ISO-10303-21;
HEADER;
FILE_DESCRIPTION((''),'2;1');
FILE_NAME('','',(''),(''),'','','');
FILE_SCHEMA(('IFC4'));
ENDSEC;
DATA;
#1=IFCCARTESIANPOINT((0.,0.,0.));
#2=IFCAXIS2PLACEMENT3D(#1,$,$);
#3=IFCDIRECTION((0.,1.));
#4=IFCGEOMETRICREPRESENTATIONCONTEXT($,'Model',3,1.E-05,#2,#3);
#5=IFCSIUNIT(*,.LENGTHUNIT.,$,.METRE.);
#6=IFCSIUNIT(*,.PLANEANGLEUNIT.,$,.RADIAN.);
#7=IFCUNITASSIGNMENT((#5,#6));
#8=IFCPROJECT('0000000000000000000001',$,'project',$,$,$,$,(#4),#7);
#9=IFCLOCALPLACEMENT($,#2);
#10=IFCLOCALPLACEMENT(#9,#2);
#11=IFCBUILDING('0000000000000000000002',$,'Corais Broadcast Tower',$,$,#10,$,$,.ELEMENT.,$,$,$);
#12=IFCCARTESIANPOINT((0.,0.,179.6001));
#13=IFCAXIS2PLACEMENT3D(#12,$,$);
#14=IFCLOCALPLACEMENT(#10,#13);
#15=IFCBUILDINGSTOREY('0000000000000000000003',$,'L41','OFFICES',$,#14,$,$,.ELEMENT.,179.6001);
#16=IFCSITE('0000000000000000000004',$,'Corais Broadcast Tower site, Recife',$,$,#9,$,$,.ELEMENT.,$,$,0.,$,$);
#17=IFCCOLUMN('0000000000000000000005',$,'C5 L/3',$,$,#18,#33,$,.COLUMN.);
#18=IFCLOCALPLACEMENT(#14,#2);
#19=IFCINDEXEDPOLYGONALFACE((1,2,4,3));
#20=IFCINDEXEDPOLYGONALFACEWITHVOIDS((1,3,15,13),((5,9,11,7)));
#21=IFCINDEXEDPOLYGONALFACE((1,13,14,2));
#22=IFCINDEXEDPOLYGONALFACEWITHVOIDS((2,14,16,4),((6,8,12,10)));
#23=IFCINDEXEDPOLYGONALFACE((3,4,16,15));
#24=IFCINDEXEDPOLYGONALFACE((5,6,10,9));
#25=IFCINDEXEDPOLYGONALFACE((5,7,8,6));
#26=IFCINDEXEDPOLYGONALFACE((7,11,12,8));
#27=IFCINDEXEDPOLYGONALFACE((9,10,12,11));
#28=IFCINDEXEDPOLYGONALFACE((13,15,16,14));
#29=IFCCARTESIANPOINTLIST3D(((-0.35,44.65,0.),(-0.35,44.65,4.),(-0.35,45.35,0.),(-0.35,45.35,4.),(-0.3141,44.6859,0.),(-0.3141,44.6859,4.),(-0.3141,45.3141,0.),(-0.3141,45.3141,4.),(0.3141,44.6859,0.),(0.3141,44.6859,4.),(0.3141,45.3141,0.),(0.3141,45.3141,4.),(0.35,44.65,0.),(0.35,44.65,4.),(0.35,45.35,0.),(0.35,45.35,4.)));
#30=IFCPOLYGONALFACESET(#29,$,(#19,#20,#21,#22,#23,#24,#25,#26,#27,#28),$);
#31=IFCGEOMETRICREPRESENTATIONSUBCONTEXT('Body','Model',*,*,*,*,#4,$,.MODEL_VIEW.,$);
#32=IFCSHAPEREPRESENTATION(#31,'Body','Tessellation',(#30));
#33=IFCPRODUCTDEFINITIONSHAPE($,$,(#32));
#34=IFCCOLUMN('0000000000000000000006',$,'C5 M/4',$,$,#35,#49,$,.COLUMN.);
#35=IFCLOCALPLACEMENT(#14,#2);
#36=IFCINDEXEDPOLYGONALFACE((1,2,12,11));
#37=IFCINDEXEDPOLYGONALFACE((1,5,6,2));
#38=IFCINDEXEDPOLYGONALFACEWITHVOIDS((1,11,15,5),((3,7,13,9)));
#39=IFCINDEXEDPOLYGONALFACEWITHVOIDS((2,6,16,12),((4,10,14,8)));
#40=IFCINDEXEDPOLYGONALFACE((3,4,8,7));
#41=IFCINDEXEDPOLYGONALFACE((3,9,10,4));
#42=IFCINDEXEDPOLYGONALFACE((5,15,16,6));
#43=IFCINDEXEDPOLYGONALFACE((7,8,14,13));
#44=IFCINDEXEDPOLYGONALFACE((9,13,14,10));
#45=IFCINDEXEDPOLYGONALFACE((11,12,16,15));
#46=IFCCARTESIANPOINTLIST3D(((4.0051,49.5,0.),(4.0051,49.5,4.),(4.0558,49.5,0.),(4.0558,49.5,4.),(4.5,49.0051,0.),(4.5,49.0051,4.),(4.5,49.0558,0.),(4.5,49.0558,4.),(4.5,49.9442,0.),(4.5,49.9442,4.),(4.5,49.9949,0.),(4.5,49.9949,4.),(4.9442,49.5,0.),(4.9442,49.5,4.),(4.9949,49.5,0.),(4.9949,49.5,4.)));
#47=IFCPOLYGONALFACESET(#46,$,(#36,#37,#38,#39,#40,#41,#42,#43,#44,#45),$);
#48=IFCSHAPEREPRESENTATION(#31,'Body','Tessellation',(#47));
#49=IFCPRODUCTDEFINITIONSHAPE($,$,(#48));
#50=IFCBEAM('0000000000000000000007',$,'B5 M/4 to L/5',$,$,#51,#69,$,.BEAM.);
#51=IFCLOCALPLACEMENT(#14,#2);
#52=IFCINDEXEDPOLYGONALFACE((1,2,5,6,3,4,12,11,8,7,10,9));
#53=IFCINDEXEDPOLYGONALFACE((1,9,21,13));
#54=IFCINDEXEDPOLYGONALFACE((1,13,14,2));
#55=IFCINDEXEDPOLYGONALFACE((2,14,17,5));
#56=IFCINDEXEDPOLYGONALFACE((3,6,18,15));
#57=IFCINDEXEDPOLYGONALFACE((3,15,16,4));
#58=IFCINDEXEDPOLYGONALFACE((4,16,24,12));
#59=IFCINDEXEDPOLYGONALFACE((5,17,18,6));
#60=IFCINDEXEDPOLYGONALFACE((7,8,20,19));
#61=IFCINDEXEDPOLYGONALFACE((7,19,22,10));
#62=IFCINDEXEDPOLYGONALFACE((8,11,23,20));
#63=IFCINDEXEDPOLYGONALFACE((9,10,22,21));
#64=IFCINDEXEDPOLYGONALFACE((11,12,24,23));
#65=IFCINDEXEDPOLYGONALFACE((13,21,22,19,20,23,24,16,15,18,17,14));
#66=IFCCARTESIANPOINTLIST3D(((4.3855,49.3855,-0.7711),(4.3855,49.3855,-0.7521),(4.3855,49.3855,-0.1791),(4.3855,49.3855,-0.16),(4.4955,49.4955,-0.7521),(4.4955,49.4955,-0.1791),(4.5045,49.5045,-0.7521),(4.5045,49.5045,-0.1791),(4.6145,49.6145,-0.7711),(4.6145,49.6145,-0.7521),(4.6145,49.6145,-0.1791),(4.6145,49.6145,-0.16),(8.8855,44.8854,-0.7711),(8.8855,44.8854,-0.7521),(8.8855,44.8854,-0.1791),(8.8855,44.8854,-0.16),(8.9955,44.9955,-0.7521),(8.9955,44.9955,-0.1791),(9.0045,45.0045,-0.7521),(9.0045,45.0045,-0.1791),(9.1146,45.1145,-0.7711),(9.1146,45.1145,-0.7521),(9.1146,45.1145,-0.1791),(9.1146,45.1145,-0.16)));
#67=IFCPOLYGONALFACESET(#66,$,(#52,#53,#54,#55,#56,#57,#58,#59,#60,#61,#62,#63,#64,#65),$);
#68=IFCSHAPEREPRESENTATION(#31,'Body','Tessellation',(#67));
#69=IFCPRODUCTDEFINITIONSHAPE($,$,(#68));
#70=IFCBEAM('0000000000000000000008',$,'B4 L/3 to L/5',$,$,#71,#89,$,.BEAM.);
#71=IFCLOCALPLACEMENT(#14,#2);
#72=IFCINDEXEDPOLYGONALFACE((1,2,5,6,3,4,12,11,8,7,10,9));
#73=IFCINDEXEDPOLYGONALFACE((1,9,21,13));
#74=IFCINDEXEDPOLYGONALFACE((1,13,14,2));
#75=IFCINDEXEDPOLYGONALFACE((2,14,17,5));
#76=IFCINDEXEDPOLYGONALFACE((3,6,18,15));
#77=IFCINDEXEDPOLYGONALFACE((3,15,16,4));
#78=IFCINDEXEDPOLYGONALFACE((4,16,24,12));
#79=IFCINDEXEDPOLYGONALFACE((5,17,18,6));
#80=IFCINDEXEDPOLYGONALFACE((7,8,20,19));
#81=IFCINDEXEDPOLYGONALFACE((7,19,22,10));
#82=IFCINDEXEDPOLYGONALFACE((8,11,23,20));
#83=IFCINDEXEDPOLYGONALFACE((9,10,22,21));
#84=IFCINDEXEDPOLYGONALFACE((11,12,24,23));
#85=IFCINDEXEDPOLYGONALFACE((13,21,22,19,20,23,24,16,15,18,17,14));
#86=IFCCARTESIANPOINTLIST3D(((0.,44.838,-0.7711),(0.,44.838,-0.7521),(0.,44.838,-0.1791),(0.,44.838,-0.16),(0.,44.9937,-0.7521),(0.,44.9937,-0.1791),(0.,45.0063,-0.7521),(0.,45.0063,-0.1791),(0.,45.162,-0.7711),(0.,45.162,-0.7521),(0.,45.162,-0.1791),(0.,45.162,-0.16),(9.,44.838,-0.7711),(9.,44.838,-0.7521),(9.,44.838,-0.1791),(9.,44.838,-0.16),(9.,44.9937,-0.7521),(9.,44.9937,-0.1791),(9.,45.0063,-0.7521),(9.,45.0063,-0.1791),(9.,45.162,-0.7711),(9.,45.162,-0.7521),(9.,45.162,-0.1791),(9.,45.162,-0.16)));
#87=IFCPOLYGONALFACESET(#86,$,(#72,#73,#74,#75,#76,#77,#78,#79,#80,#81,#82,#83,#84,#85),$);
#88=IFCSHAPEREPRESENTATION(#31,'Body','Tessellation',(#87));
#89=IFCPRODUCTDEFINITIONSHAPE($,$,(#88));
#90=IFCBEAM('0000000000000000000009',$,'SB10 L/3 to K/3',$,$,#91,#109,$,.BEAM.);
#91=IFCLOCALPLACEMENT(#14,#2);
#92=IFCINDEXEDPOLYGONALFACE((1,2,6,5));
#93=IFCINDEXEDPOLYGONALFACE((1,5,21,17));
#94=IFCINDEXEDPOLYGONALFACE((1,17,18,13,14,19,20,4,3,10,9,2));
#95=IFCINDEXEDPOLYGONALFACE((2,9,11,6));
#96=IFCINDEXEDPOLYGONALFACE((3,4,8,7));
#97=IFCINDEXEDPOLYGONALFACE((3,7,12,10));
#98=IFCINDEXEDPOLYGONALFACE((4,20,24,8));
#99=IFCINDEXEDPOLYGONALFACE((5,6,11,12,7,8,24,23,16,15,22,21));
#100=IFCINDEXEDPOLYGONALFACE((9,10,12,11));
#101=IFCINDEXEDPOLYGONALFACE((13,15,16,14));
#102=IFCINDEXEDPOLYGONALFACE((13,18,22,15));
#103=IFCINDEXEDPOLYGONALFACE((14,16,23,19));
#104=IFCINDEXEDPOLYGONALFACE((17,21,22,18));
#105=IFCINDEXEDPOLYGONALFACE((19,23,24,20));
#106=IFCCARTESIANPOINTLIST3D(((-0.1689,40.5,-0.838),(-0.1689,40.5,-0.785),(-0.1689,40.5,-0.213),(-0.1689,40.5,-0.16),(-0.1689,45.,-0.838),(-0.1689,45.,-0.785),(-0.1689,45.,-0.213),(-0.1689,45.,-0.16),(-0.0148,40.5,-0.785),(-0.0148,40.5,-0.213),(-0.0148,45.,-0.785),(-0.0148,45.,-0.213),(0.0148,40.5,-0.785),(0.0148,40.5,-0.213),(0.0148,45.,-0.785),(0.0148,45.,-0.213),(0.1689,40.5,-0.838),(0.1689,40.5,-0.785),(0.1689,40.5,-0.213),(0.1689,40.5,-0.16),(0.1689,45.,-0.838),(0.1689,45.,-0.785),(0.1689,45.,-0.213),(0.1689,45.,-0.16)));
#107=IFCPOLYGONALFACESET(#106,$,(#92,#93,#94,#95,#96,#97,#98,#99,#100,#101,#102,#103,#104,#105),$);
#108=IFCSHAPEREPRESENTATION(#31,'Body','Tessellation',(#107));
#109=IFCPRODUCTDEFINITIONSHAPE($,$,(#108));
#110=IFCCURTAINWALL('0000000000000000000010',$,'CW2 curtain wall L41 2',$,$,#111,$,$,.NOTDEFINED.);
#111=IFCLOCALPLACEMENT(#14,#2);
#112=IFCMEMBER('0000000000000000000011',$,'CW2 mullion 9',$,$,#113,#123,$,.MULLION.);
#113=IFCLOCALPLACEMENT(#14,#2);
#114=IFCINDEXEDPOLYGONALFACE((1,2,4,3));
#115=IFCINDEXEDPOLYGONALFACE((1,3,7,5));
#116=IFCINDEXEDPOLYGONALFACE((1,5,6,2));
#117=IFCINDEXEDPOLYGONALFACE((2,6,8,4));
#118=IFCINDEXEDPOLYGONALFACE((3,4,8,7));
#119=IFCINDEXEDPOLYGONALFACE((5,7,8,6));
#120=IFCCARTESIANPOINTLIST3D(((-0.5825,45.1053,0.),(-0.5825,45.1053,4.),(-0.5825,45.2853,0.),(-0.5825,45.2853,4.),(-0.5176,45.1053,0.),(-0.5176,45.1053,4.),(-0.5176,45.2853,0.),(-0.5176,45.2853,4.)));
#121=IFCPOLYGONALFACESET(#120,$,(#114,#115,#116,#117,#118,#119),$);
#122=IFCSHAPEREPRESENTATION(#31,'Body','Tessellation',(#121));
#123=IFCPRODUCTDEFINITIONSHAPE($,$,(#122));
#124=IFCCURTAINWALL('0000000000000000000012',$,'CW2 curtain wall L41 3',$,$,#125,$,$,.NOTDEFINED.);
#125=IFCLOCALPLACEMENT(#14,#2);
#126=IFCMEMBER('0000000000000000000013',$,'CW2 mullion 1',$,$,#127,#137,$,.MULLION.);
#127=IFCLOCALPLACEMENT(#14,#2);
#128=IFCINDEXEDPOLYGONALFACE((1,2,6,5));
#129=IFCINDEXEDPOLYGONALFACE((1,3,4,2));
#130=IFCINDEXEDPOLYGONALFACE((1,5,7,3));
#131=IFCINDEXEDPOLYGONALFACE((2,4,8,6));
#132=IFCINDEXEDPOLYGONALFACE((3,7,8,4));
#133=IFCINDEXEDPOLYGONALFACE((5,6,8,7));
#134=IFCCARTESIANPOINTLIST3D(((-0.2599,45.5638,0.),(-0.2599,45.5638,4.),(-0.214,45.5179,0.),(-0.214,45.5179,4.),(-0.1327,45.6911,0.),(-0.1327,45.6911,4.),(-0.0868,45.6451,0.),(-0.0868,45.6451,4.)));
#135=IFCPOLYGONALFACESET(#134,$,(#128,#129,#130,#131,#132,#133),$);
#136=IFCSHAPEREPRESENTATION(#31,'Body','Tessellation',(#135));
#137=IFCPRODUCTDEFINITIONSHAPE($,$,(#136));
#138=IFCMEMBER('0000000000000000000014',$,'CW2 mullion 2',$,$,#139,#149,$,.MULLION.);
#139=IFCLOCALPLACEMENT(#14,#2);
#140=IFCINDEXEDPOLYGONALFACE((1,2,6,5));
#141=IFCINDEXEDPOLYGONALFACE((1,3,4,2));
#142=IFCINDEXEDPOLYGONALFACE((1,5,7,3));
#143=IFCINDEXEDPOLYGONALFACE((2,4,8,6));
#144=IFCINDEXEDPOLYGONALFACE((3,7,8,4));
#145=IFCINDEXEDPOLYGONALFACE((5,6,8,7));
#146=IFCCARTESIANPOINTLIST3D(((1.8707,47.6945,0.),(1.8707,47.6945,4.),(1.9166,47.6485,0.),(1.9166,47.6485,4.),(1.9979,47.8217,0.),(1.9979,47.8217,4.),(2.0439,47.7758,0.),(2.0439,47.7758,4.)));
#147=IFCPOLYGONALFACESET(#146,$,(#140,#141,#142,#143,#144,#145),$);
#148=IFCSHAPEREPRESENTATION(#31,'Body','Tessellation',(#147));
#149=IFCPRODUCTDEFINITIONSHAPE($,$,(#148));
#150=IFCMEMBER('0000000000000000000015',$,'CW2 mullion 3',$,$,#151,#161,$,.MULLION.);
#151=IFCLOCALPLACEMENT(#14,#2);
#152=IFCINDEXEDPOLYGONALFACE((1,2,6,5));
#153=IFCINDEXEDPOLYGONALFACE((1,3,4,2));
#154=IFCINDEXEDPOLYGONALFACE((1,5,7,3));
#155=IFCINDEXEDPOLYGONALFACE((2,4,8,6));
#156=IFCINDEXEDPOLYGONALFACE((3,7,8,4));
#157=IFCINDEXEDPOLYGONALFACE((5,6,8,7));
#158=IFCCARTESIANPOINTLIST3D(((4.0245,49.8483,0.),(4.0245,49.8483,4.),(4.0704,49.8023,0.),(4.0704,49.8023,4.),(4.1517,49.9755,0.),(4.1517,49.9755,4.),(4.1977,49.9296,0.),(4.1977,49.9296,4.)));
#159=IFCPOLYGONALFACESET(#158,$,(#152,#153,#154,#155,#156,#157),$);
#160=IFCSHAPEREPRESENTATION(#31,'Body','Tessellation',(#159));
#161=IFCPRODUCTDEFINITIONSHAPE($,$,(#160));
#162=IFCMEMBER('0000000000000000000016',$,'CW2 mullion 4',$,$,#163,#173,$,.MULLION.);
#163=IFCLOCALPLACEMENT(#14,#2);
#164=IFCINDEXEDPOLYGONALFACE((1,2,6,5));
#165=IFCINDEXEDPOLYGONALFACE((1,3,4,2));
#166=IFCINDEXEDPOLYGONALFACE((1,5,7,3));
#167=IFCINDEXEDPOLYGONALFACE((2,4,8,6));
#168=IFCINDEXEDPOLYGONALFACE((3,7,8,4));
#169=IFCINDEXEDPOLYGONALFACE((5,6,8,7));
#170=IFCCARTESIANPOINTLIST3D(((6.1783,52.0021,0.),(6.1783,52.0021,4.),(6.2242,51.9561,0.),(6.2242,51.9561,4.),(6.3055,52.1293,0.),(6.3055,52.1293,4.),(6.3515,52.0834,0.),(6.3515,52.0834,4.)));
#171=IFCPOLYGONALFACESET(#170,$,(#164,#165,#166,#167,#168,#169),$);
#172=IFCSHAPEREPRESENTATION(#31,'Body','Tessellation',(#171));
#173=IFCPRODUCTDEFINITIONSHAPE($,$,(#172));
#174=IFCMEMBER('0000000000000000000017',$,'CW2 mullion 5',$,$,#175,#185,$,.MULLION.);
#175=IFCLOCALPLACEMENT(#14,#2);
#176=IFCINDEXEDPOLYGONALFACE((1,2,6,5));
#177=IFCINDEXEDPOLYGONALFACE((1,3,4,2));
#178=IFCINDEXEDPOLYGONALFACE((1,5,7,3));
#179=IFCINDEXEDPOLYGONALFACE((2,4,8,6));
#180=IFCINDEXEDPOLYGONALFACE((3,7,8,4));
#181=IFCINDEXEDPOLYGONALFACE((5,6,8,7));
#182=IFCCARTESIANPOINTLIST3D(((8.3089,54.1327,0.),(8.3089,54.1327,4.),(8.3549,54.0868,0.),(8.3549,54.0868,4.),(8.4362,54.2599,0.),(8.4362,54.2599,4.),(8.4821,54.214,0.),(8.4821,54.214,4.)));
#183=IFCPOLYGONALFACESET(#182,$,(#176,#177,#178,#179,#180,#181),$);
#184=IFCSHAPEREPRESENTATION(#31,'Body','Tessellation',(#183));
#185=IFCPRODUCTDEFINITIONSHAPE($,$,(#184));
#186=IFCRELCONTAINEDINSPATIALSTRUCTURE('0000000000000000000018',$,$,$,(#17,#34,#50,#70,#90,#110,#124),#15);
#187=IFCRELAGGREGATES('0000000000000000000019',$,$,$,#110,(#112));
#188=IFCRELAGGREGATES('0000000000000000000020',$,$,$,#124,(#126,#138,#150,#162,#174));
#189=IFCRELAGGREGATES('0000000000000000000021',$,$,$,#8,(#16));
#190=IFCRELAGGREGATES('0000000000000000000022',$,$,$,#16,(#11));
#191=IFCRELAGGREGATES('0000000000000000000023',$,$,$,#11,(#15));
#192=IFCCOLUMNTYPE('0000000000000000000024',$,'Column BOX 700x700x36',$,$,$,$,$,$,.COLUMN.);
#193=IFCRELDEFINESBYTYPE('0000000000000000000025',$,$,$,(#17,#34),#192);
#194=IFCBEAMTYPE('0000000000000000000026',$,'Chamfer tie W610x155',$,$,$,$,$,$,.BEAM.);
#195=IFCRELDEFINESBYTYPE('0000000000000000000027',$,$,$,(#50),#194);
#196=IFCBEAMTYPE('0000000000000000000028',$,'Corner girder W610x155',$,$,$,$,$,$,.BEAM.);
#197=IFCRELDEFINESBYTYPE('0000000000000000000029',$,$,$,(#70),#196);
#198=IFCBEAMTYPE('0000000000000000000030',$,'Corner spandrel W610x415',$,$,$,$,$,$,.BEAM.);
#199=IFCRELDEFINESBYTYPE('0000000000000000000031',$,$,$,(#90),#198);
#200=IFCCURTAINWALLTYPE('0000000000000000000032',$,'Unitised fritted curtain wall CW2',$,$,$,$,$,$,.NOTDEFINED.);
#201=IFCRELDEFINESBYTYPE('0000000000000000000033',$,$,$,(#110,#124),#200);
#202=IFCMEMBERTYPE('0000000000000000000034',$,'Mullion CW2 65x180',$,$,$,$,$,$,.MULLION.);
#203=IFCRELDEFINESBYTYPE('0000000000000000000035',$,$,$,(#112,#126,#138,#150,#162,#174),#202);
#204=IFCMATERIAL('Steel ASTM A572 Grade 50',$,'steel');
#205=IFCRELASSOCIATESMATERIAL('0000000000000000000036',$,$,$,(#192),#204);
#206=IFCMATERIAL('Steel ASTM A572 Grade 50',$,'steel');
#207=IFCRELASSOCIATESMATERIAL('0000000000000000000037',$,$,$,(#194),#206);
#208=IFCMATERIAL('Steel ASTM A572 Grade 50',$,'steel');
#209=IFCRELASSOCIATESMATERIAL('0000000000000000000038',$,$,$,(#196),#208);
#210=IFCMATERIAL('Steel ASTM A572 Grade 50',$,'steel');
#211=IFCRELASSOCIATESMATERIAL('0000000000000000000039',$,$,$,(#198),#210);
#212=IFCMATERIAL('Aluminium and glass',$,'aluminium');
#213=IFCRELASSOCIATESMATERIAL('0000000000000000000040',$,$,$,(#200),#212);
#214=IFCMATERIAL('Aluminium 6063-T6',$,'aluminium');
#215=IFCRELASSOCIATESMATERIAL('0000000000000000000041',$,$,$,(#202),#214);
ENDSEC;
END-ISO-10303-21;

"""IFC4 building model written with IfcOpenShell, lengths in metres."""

from ifc_helpers import new_model, si_unit, direction, frame, origin, origin_2d, place, context, subcontext, project, spatial, rectangle, hollow_rectangle, i_section, extrude, material, material_profile, profile_set, type_object, element, aggregate, save


model = new_model("IFC4")

# Units and contexts
model_context = context("Model", 3, precision=1e-05, world=origin(), true_north=direction((0.0, 1.0)))
body_context = subcontext(model_context, "Body", "Model", "MODEL_VIEW")
ifc_project = project(units=[si_unit("LENGTHUNIT", "METRE"), si_unit("PLANEANGLEUNIT", "RADIAN")], contexts=[model_context])

# Site, building, storey
site_placement = place(None, origin())
site = spatial("IfcSite", under=ifc_project, at=site_placement, Name="Corais Broadcast Tower site, Recife", CompositionType="ELEMENT", RefElevation=0.0)
building_placement = place(site_placement, origin())
building = spatial("IfcBuilding", under=site, at=building_placement, Name="Corais Broadcast Tower", CompositionType="ELEMENT")
storey_placement = place(building_placement, frame((0.0, 0.0, 179.6001)))
storey = spatial("IfcBuildingStorey", under=building, at=storey_placement, Name="L41", Description="OFFICES", CompositionType="ELEMENT", Elevation=179.6001)

# Columns
ifc_material_1 = material(Name="Steel ASTM A572 Grade 50", Category="steel")
ifc_material_profile_1 = material_profile(ifc_material_1, hollow_rectangle(XDim=0.7, YDim=0.7, WallThickness=0.0359, at=origin_2d()), Name="BOX 700x700x36")
ifc_profile_set_1 = profile_set([ifc_material_profile_1], Name="Steel ASTM A572 Grade 50")
column_type = type_object("IfcColumnType", Name="Column BOX 700x700x36", PredefinedType="COLUMN", material=ifc_profile_set_1)
for number, where, z_axis, x_axis, name in (
    (1, (0.0, 45.0, 0.0), (0.0, 0.0, 1.0), (1.0, 0.0, 0.0), "C5 L/3"),
    (2, (4.5, 49.5, 0.0), (0.0, 0.0, 1.0), (0.707107, 0.707107, 0.0), "C5 M/4"),
):
    element("IfcColumn", number, at=place(storey_placement, frame(where, z_axis=z_axis, x_axis=x_axis)), inside=storey, type_object=column_type, Name=name, PredefinedType="COLUMN", context=body_context, shape_type="SweptSolid", body=[
        extrude(hollow_rectangle(XDim=0.7, YDim=0.7, WallThickness=0.0359, at=origin_2d()), origin(), (0.0, 0.0, 1.0), 4.0),
    ])

# Beams
ifc_material_2 = material(Name="Steel ASTM A572 Grade 50", Category="steel")
ifc_material_profile_2 = material_profile(ifc_material_2, i_section(OverallWidth=0.324, OverallDepth=0.6111, WebThickness=0.0127, FlangeThickness=0.019, at=origin_2d()), Name="W610x155")
ifc_profile_set_2 = profile_set([ifc_material_profile_2], Name="Steel ASTM A572 Grade 50")
beam_type_1 = type_object("IfcBeamType", Name="Chamfer tie W610x155", PredefinedType="BEAM", material=ifc_profile_set_2)
beam_1_placement = place(storey_placement, frame((4.5, 49.5, -0.4656), z_axis=(0.707107, -0.707107, 0.0), x_axis=(0.707107, 0.707107, 0.0)))
element("IfcBeam", 3, at=beam_1_placement, inside=storey, type_object=beam_type_1, Name="B5 M/4 to L/5", PredefinedType="BEAM", context=body_context, shape_type="SweptSolid", body=[
    extrude(i_section(OverallWidth=0.324, OverallDepth=0.6111, WebThickness=0.0127, FlangeThickness=0.019, at=origin_2d()), origin(), (0.0, 0.0, 1.0), 6.364),
])
ifc_material_3 = material(Name="Steel ASTM A572 Grade 50", Category="steel")
ifc_material_profile_3 = material_profile(ifc_material_3, i_section(OverallWidth=0.324, OverallDepth=0.6111, WebThickness=0.0127, FlangeThickness=0.019, at=origin_2d()), Name="W610x155")
ifc_profile_set_3 = profile_set([ifc_material_profile_3], Name="Steel ASTM A572 Grade 50")
beam_type_2 = type_object("IfcBeamType", Name="Corner girder W610x155", PredefinedType="BEAM", material=ifc_profile_set_3)
beam_2_placement = place(storey_placement, frame((0.0, 45.0, -0.4656), z_axis=(1.0, 0.0, 0.0), x_axis=(0.0, 1.0, 0.0)))
element("IfcBeam", 4, at=beam_2_placement, inside=storey, type_object=beam_type_2, Name="B4 L/3 to L/5", PredefinedType="BEAM", context=body_context, shape_type="SweptSolid", body=[
    extrude(i_section(OverallWidth=0.324, OverallDepth=0.6111, WebThickness=0.0127, FlangeThickness=0.019, at=origin_2d()), origin(), (0.0, 0.0, 1.0), 9.0),
])
ifc_material_4 = material(Name="Steel ASTM A572 Grade 50", Category="steel")
ifc_material_profile_4 = material_profile(ifc_material_4, i_section(OverallWidth=0.3379, OverallDepth=0.678, WebThickness=0.0295, FlangeThickness=0.053, at=origin_2d()), Name="W610x415")
ifc_profile_set_4 = profile_set([ifc_material_profile_4], Name="Steel ASTM A572 Grade 50")
beam_type_3 = type_object("IfcBeamType", Name="Corner spandrel W610x415", PredefinedType="BEAM", material=ifc_profile_set_4)
beam_3_placement = place(storey_placement, frame((0.0, 45.0, -0.499), z_axis=(0.0, -1.0, 0.0), x_axis=(1.0, 0.0, 0.0)))
element("IfcBeam", 5, at=beam_3_placement, inside=storey, type_object=beam_type_3, Name="SB10 L/3 to K/3", PredefinedType="BEAM", context=body_context, shape_type="SweptSolid", body=[
    extrude(i_section(OverallWidth=0.3379, OverallDepth=0.678, WebThickness=0.0295, FlangeThickness=0.053, at=origin_2d()), origin(), (0.0, 0.0, 1.0), 4.5),
])

# Curtain wall, member
ifc_material_5 = material(Name="Aluminium and glass", Category="aluminium")
curtain_wall_type = type_object("IfcCurtainWallType", Name="Unitised fritted curtain wall CW2", PredefinedType="NOTDEFINED", material=ifc_material_5)
curtain_wall_1_placement = place(storey_placement, origin())
curtain_wall_1 = element("IfcCurtainWall", 6, at=curtain_wall_1_placement, inside=storey, type_object=curtain_wall_type, Name="CW2 curtain wall L41 2", PredefinedType="NOTDEFINED")
ifc_material_6 = material(Name="Aluminium 6063-T6", Category="aluminium")
ifc_material_profile_5 = material_profile(ifc_material_6, rectangle(XDim=0.0649, YDim=0.1799, at=origin_2d()), Name="Mullion CW2 65x180")
ifc_profile_set_5 = profile_set([ifc_material_profile_5], Name="Aluminium 6063-T6")
member_type_1 = type_object("IfcMemberType", Name="Mullion CW2 65x180", PredefinedType="MULLION", material=ifc_profile_set_5)
member_1_placement = place(storey_placement, frame((-0.55, 45.1953, 0.0), z_axis=(0.0, 0.0, 1.0), x_axis=(-1.0, 0.0, 0.0)))
member_1 = element("IfcMember", 7, at=member_1_placement, type_object=member_type_1, Name="CW2 mullion 9", PredefinedType="MULLION", context=body_context, shape_type="SweptSolid", body=[
    extrude(rectangle(XDim=0.0649, YDim=0.1799, at=origin_2d()), origin(), (0.0, 0.0, 1.0), 4.0),
])

# Curtain wall, members
curtain_wall_2_placement = place(storey_placement, origin())
curtain_wall_2 = element("IfcCurtainWall", 8, at=curtain_wall_2_placement, inside=storey, type_object=curtain_wall_type, Name="CW2 curtain wall L41 3", PredefinedType="NOTDEFINED")
member_2_placement = place(storey_placement, frame((-0.1733, 45.6045, 0.0), z_axis=(0.0, 0.0, 1.0), x_axis=(-0.707107, 0.707107, 0.0)))
member_2 = element("IfcMember", 9, at=member_2_placement, type_object=member_type_1, Name="CW2 mullion 1", PredefinedType="MULLION", context=body_context, shape_type="SweptSolid", body=[
    extrude(rectangle(XDim=0.0649, YDim=0.1799, at=origin_2d()), origin(), (0.0, 0.0, 1.0), 4.0),
])
member_3_placement = place(storey_placement, frame((1.9573, 47.7351, 0.0), z_axis=(0.0, 0.0, 1.0), x_axis=(-0.707107, 0.707107, 0.0)))
member_3 = element("IfcMember", 10, at=member_3_placement, type_object=member_type_1, Name="CW2 mullion 2", PredefinedType="MULLION", context=body_context, shape_type="SweptSolid", body=[
    extrude(rectangle(XDim=0.0649, YDim=0.1799, at=origin_2d()), origin(), (0.0, 0.0, 1.0), 4.0),
])
member_4_placement = place(storey_placement, frame((4.1111, 49.8889, 0.0), z_axis=(0.0, 0.0, 1.0), x_axis=(-0.707107, 0.707107, 0.0)))
member_4 = element("IfcMember", 11, at=member_4_placement, type_object=member_type_1, Name="CW2 mullion 3", PredefinedType="MULLION", context=body_context, shape_type="SweptSolid", body=[
    extrude(rectangle(XDim=0.0649, YDim=0.1799, at=origin_2d()), origin(), (0.0, 0.0, 1.0), 4.0),
])
member_5_placement = place(storey_placement, frame((6.2649, 52.0427, 0.0), z_axis=(0.0, 0.0, 1.0), x_axis=(-0.707107, 0.707107, 0.0)))
member_5 = element("IfcMember", 12, at=member_5_placement, type_object=member_type_1, Name="CW2 mullion 4", PredefinedType="MULLION", context=body_context, shape_type="SweptSolid", body=[
    extrude(rectangle(XDim=0.0649, YDim=0.1799, at=origin_2d()), origin(), (0.0, 0.0, 1.0), 4.0),
])
member_6_placement = place(storey_placement, frame((8.3955, 54.1733, 0.0), z_axis=(0.0, 0.0, 1.0), x_axis=(-0.707107, 0.707107, 0.0)))
member_6 = element("IfcMember", 13, at=member_6_placement, type_object=member_type_1, Name="CW2 mullion 5", PredefinedType="MULLION", context=body_context, shape_type="SweptSolid", body=[
    extrude(rectangle(XDim=0.0649, YDim=0.1799, at=origin_2d()), origin(), (0.0, 0.0, 1.0), 4.0),
])

aggregate(curtain_wall_1, [member_1])
aggregate(curtain_wall_2, [member_2, member_3, member_4, member_5, member_6])

save(model, "model.ifc")
